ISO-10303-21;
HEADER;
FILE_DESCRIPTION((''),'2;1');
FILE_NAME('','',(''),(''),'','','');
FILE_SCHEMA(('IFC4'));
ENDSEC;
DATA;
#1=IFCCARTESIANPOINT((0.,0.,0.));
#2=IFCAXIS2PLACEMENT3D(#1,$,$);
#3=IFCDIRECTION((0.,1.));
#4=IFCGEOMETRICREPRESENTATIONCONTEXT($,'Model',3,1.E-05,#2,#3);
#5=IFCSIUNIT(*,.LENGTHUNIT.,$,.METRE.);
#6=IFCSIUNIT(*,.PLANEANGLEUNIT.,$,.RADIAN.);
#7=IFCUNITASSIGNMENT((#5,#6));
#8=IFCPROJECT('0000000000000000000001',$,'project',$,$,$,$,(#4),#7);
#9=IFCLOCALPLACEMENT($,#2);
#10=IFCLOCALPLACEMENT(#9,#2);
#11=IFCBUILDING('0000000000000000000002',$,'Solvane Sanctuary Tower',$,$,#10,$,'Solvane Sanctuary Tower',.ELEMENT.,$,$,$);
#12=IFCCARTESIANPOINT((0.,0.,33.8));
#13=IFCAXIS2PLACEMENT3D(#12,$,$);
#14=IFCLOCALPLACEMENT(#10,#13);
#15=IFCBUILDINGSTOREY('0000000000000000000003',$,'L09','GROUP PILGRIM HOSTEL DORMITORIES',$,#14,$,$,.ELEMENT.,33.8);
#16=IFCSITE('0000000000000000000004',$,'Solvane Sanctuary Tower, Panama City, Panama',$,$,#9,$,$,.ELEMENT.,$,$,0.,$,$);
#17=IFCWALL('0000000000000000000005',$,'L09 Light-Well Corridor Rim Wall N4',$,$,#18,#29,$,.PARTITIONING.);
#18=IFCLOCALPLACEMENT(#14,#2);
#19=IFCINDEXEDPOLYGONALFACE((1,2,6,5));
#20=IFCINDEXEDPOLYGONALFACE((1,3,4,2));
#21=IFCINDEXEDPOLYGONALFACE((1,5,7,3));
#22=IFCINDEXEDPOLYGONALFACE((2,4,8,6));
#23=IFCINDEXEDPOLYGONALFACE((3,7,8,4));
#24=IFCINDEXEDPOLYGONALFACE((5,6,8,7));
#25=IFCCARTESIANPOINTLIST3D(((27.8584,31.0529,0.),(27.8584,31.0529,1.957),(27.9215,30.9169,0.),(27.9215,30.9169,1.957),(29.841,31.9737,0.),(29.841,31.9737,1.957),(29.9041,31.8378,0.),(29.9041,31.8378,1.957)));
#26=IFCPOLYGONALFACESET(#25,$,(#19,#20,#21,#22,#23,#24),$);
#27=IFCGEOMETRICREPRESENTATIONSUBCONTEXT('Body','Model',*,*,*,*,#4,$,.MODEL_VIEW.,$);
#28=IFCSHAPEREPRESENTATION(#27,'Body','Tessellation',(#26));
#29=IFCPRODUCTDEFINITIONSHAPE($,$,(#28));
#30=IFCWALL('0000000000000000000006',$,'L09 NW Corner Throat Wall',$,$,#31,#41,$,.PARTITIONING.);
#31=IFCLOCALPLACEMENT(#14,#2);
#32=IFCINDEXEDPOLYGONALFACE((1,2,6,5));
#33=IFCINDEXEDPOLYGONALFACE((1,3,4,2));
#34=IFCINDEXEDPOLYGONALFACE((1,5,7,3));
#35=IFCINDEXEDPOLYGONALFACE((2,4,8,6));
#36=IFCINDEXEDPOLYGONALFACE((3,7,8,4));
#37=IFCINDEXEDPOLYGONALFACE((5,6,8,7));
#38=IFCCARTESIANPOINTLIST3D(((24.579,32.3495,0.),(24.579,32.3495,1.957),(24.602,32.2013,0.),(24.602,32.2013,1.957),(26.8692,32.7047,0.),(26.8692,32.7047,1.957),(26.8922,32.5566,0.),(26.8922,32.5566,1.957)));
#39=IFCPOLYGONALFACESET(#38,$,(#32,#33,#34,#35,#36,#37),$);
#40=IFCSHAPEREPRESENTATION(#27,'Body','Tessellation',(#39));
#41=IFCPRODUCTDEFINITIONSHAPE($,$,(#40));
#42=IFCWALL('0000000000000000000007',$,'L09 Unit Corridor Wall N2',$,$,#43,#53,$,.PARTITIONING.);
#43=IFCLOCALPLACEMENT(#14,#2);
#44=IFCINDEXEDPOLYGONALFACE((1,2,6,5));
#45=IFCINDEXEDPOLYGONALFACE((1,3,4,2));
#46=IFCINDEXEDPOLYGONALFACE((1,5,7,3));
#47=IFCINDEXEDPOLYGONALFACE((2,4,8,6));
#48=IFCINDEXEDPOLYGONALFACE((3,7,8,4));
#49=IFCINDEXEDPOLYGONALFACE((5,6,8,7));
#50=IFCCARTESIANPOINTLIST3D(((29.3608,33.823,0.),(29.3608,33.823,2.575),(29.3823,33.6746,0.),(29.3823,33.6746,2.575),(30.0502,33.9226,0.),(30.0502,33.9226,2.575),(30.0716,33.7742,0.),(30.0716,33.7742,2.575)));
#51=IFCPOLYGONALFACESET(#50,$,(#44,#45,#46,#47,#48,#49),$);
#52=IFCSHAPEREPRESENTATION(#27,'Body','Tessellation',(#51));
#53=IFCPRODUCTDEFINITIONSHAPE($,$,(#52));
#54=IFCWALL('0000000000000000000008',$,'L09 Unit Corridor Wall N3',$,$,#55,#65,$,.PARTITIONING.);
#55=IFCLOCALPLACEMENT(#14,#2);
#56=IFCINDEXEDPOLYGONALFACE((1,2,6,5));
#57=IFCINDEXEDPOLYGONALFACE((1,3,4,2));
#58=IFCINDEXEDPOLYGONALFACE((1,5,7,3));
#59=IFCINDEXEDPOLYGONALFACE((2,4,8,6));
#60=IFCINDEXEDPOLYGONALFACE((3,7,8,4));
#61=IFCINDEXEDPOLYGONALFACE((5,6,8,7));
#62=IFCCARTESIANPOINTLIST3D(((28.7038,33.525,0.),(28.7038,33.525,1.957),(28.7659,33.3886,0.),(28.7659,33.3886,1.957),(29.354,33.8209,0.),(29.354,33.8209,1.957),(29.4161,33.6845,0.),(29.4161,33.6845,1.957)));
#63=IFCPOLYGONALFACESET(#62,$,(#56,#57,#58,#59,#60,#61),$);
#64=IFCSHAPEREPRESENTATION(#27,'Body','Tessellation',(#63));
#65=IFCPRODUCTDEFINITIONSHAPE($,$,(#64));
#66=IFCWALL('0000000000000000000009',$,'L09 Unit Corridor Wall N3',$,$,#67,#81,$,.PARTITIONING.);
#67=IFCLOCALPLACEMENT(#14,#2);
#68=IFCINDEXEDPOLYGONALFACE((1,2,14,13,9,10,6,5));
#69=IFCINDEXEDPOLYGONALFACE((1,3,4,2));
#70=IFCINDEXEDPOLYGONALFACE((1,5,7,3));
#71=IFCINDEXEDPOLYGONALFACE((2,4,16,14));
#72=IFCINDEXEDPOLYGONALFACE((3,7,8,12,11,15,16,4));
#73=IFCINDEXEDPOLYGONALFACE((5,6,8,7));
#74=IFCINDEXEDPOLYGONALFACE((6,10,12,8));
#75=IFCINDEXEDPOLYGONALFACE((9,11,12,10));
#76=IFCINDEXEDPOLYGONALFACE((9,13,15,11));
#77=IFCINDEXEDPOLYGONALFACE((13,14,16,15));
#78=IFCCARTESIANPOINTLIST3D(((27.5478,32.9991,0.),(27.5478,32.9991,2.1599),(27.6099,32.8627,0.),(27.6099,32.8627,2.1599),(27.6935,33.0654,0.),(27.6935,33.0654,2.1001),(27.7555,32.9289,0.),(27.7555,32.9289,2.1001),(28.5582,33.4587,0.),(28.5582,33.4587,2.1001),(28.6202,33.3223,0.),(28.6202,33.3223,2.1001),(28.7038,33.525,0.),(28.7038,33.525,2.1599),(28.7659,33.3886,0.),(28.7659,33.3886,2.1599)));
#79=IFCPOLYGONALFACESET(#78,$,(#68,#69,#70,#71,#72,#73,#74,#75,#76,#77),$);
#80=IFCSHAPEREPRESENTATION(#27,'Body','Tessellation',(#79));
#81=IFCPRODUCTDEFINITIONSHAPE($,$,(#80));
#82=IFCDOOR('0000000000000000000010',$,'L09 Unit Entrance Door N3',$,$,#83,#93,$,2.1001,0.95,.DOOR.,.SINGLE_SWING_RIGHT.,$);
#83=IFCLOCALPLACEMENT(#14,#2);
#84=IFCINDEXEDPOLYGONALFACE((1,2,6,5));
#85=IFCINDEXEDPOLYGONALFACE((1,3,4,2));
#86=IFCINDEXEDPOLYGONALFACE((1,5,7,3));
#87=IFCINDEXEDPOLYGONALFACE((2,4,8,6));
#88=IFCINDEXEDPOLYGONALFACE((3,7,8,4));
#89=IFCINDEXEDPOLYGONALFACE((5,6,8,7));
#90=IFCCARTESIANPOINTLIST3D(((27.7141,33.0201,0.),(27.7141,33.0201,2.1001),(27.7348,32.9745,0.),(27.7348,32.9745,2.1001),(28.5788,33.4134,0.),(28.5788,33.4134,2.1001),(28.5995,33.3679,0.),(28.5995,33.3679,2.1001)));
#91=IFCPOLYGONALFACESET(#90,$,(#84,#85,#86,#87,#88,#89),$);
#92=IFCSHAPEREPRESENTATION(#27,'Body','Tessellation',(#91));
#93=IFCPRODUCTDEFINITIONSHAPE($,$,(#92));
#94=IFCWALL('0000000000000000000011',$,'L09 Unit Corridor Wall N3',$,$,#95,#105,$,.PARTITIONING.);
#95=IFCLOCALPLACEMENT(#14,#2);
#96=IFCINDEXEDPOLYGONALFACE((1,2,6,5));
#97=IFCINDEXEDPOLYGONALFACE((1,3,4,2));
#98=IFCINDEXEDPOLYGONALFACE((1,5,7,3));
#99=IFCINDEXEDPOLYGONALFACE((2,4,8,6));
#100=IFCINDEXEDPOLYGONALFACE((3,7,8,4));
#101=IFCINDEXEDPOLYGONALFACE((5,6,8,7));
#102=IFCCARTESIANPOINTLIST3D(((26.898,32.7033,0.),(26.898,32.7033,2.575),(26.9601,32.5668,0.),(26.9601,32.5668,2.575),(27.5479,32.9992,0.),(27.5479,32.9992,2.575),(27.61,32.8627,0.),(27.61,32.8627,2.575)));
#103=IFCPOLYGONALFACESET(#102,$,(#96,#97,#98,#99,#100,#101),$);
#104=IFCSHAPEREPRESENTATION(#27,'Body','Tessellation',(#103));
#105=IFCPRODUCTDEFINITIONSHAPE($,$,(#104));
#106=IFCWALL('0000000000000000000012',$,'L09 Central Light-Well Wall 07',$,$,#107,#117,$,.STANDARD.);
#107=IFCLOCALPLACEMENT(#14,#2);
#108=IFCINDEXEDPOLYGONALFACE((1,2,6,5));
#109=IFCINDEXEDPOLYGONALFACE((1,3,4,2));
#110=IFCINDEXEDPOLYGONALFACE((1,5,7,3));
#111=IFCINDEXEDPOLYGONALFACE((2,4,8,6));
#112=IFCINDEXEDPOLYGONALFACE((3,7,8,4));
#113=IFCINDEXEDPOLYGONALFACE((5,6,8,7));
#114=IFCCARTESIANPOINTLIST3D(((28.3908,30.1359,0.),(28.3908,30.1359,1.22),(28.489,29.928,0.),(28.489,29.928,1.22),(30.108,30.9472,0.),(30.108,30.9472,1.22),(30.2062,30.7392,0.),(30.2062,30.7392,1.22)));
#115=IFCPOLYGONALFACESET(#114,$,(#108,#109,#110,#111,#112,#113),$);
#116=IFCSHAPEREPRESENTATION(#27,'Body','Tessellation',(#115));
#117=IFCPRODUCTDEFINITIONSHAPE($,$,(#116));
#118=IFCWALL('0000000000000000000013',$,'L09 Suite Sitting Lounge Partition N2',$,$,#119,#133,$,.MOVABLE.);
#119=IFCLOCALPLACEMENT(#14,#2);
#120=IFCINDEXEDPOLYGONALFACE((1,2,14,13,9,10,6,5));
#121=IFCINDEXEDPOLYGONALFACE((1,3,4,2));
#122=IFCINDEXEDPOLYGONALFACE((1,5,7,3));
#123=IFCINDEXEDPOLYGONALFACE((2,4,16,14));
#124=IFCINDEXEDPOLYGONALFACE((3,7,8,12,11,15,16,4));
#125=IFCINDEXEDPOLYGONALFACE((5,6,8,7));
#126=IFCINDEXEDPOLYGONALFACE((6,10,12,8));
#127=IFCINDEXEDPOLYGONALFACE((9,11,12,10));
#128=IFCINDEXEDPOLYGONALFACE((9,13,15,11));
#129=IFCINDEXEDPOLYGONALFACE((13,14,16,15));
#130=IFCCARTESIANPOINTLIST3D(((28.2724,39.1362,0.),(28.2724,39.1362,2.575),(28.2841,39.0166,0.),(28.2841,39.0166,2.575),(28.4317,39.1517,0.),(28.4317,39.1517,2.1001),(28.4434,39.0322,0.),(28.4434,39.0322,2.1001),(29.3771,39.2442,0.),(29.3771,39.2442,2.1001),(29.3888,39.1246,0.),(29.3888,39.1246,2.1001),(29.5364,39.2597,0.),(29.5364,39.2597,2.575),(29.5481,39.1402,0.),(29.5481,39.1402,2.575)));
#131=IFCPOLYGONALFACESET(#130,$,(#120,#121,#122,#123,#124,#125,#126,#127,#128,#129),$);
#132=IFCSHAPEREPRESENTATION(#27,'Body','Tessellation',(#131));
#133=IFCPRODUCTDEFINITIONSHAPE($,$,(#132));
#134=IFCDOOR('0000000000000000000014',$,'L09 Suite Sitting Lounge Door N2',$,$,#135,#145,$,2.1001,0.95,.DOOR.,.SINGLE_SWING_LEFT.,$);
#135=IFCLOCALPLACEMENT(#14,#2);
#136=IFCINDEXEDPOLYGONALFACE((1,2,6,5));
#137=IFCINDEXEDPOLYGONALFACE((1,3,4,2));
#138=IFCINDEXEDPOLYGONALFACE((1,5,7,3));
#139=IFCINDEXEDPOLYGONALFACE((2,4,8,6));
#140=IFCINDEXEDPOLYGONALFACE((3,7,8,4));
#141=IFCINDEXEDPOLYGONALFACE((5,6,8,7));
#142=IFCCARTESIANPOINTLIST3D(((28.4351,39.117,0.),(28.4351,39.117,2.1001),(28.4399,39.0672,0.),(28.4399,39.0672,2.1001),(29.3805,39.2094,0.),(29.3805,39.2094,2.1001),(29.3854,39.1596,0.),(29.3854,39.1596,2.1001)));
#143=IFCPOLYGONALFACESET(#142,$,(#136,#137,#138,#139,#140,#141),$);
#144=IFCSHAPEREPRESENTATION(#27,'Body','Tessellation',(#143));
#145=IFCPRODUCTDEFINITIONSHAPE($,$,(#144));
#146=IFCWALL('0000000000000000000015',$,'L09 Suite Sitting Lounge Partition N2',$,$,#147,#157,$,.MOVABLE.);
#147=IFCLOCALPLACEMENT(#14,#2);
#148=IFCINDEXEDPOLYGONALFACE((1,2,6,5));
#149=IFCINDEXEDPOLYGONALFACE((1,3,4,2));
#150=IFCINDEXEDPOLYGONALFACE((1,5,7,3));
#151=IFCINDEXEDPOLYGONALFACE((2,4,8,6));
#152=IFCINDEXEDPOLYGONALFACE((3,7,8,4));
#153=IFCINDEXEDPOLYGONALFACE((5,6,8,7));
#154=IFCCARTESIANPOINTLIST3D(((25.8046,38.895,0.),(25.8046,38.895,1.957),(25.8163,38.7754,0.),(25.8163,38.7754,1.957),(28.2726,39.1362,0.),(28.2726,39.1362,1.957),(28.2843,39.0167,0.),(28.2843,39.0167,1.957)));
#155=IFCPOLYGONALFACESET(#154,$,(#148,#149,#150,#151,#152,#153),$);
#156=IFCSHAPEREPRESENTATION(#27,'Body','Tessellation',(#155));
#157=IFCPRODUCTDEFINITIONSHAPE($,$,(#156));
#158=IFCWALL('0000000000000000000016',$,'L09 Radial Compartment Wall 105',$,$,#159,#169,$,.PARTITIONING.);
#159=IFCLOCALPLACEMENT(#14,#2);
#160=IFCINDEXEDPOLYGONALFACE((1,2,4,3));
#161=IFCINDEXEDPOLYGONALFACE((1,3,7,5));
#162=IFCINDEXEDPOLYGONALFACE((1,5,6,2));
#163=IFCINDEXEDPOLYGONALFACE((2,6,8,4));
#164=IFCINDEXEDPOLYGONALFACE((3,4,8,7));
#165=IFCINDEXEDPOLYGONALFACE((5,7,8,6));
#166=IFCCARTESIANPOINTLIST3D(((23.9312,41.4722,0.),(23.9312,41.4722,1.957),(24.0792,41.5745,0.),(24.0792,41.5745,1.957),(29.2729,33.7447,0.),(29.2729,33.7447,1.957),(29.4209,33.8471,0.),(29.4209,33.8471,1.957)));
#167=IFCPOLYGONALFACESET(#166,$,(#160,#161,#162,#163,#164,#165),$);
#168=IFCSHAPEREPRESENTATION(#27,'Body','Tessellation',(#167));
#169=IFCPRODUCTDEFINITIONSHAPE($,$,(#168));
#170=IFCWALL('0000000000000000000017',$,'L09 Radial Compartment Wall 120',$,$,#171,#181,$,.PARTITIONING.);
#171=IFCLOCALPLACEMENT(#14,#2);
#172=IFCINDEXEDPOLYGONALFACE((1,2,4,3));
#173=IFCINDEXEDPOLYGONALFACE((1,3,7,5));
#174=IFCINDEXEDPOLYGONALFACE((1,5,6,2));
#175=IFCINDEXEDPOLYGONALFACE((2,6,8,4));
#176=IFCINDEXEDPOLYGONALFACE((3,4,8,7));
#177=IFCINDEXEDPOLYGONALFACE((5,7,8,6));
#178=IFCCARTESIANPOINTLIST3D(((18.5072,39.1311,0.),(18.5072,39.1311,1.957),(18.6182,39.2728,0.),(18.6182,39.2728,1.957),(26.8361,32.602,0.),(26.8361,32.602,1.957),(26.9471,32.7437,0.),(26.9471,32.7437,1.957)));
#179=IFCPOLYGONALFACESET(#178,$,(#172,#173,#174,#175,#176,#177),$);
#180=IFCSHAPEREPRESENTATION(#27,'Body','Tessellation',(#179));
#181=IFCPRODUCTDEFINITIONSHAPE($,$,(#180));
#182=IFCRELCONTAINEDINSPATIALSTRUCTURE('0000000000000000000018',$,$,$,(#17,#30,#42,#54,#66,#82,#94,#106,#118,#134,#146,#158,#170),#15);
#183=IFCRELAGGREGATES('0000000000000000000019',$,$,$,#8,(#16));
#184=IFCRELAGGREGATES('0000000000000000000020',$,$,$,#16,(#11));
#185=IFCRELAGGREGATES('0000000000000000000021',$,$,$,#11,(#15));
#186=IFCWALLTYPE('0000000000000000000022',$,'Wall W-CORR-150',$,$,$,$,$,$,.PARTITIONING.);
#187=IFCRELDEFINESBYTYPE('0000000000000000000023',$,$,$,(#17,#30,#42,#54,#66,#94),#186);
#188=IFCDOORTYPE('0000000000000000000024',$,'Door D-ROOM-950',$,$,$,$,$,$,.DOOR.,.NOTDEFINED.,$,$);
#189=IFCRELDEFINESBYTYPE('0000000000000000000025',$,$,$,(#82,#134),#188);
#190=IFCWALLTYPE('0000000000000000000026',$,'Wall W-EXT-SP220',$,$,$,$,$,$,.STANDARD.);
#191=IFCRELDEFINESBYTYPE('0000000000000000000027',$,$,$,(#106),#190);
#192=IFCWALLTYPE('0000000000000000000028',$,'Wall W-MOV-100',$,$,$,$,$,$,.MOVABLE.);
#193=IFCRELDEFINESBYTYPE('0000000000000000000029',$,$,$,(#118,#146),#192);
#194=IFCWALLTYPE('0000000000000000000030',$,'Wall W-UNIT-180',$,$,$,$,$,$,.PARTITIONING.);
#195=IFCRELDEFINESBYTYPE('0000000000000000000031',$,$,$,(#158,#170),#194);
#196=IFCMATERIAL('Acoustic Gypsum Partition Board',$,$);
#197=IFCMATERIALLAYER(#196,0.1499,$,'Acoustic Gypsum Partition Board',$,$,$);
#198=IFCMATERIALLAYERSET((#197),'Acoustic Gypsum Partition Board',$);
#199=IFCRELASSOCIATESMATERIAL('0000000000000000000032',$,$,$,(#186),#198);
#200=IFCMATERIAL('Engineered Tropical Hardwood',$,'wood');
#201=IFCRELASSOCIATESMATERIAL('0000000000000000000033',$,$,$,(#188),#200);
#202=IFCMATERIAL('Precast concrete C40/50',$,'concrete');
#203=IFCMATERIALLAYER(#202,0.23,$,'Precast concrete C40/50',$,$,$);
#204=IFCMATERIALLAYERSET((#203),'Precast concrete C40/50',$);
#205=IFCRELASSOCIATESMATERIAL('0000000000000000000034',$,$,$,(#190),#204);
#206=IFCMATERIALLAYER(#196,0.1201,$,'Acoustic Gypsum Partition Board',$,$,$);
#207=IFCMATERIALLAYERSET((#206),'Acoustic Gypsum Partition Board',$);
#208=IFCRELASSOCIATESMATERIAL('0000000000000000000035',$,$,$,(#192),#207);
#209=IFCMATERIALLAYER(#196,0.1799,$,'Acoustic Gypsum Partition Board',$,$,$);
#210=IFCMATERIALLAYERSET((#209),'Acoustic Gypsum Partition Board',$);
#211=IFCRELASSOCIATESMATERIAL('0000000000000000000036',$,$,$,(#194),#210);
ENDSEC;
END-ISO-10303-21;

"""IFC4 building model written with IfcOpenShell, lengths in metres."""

from ifc_helpers import new_model, si_unit, direction, frame, frame_2d, origin, place, context, subcontext, project, spatial, rectangle, extrude, material, layer, layer_set, type_object, element, fill, save


model = new_model("IFC4")

# Units and contexts
model_context = context("Model", 3, precision=1e-05, world=origin(), true_north=direction((0.0, 1.0)))
body_context = subcontext(model_context, "Body", "Model", "MODEL_VIEW")
ifc_project = project(units=[si_unit("LENGTHUNIT", "METRE"), si_unit("PLANEANGLEUNIT", "RADIAN")], contexts=[model_context])

# Site, building, storey
site_placement = place(None, origin())
site = spatial("IfcSite", under=ifc_project, at=site_placement, Name="Solvane Sanctuary Tower, Panama City, Panama", CompositionType="ELEMENT", RefElevation=0.0)
building_placement = place(site_placement, origin())
building = spatial("IfcBuilding", under=site, at=building_placement, Name="Solvane Sanctuary Tower", LongName="Solvane Sanctuary Tower", CompositionType="ELEMENT")
storey_placement = place(building_placement, frame((0.0, 0.0, 33.8)))
storey = spatial("IfcBuildingStorey", under=building, at=storey_placement, Name="L09", Description="GROUP PILGRIM HOSTEL DORMITORIES", CompositionType="ELEMENT", Elevation=33.8)

# Walls
ifc_material_1 = material(Name="Acoustic Gypsum Partition Board")
ifc_layer_1 = layer(ifc_material_1, 0.1499, Name="Acoustic Gypsum Partition Board")
ifc_layer_set_1 = layer_set([ifc_layer_1], Name="Acoustic Gypsum Partition Board")
wall_type_1 = type_object("IfcWallType", Name="Wall W-CORR-150", PredefinedType="PARTITIONING", material=ifc_layer_set_1)
wall_1_placement = place(storey_placement, frame((29.8726, 31.9058, 0.0), z_axis=(0.0, 0.0, 1.0), x_axis=(-0.906943, -0.421252, 0.0)))
element("IfcWall", 1, at=wall_1_placement, inside=storey, type_object=wall_type_1, Name="L09 Light-Well Corridor Rim Wall N4", PredefinedType="PARTITIONING", context=body_context, shape_type="SweptSolid", body=[
    extrude(rectangle(XDim=2.186, YDim=0.1499, at=frame_2d((1.093, 0.0))), origin(), (0.0, 0.0, 1.0), 1.957),
])
wall_2_placement = place(storey_placement, frame((26.8806, 32.6306, 0.0), z_axis=(0.0, 0.0, 1.0), x_axis=(-0.988185, -0.153268, 0.0)))
element("IfcWall", 2, at=wall_2_placement, inside=storey, type_object=wall_type_1, Name="L09 NW Corner Throat Wall", PredefinedType="PARTITIONING", context=body_context, shape_type="SweptSolid", body=[
    extrude(rectangle(XDim=2.3176, YDim=0.1499, at=frame_2d((1.1587, 0.0))), origin(), (0.0, 0.0, 1.0), 1.957),
])
wall_3_placement = place(storey_placement, frame((30.0608, 33.8484, 0.0), z_axis=(0.0, 0.0, 1.0), x_axis=(-0.989724, -0.142991, 0.0)))
element("IfcWall", 3, at=wall_3_placement, inside=storey, type_object=wall_type_1, Name="L09 Unit Corridor Wall N2", PredefinedType="PARTITIONING", context=body_context, shape_type="SweptSolid", body=[
    extrude(rectangle(XDim=0.6965, YDim=0.1499, at=frame_2d((0.3481, 0.0))), origin(), (0.0, 0.0, 1.0), 2.575),
])
wall_4_placement = place(storey_placement, frame((29.385, 33.7527, 0.0), z_axis=(0.0, 0.0, 1.0), x_axis=(-0.910167, -0.414241, 0.0)))
element("IfcWall", 4, at=wall_4_placement, inside=storey, type_object=wall_type_1, Name="L09 Unit Corridor Wall N3", PredefinedType="PARTITIONING", context=body_context, shape_type="SweptSolid", body=[
    extrude(rectangle(XDim=0.7144, YDim=0.1499, at=frame_2d((0.3572, 0.0))), origin(), (0.0, 0.0, 1.0), 1.957),
])

# Wall, opening, door
wall_5_placement = place(storey_placement, frame((28.7349, 33.4568, 0.0), z_axis=(0.0, 0.0, 1.0), x_axis=(-0.910241, -0.414078, 0.0)))
wall_5 = element("IfcWall", 5, at=wall_5_placement, inside=storey, type_object=wall_type_1, Name="L09 Unit Corridor Wall N3", PredefinedType="PARTITIONING", context=body_context, shape_type="SweptSolid", body=[
    extrude(rectangle(XDim=1.27, YDim=0.1499, at=frame_2d((0.635, 0.0))), origin(), (0.0, 0.0, 1.0), 2.1599),
])
opening_1_placement = place(wall_5_placement, frame((0.1599, 0.0, 0.0)))
opening_1 = element("IfcOpeningElement", 6, at=opening_1_placement, cuts=wall_5, PredefinedType="OPENING", context=body_context, shape_type="SweptSolid", body=[
    extrude(rectangle(XDim=0.95, YDim=2.1001, at=frame_2d((0.4751, 1.05))), frame((0.0, 0.085, 0.0), z_axis=(0.0, -1.0, 0.0), x_axis=(1.0, 0.0, 0.0)), (0.0, 0.0, 1.0), 0.1699),
])
ifc_material_2 = material(Name="Engineered Tropical Hardwood", Category="wood")
door_type = type_object("IfcDoorType", Name="Door D-ROOM-950", OperationType="NOTDEFINED", PredefinedType="DOOR", material=ifc_material_2)
door_1_placement = place(opening_1_placement, origin())
door_1 = element("IfcDoor", 7, at=door_1_placement, inside=storey, type_object=door_type, Name="L09 Unit Entrance Door N3", OperationType="SINGLE_SWING_RIGHT", OverallHeight=2.1001, OverallWidth=0.95, PredefinedType="DOOR", context=body_context, shape_type="SweptSolid", body=[
    extrude(rectangle(XDim=0.95, YDim=2.1001, at=frame_2d((0.4751, 1.05))), frame((0.0, 0.0249, 0.0), z_axis=(0.0, -1.0, 0.0), x_axis=(1.0, 0.0, 0.0)), (0.0, 0.0, 1.0), 0.05),
])
fill(opening_1, door_1)

# Walls
wall_6_placement = place(storey_placement, frame((27.5789, 32.9309, 0.0), z_axis=(0.0, 0.0, 1.0), x_axis=(-0.910109, -0.41437, 0.0)))
element("IfcWall", 8, at=wall_6_placement, inside=storey, type_object=wall_type_1, Name="L09 Unit Corridor Wall N3", PredefinedType="PARTITIONING", context=body_context, shape_type="SweptSolid", body=[
    extrude(rectangle(XDim=0.7141, YDim=0.1499, at=frame_2d((0.3569, 0.0))), origin(), (0.0, 0.0, 1.0), 2.575),
])
ifc_material_3 = material(Name="Precast concrete C40/50", Category="concrete")
ifc_layer_2 = layer(ifc_material_3, 0.23, Name="Precast concrete C40/50")
ifc_layer_set_2 = layer_set([ifc_layer_2], Name="Precast concrete C40/50")
wall_type_2 = type_object("IfcWallType", Name="Wall W-EXT-SP220", PredefinedType="STANDARD", material=ifc_layer_set_2)
wall_7_placement = place(storey_placement, frame((30.1572, 30.8433, 0.0), z_axis=(0.0, 0.0, 1.0), x_axis=(-0.90418, -0.427152, 0.0)))
element("IfcWall", 9, at=wall_7_placement, inside=storey, type_object=wall_type_2, Name="L09 Central Light-Well Wall 07", PredefinedType="STANDARD", context=body_context, shape_type="SweptSolid", body=[
    extrude(rectangle(XDim=1.8992, YDim=0.23, at=frame_2d((0.9497, 0.0))), origin(), (0.0, 0.0, 1.0), 1.22),
])

# Wall, opening, door
ifc_layer_3 = layer(ifc_material_1, 0.1201, Name="Acoustic Gypsum Partition Board")
ifc_layer_set_3 = layer_set([ifc_layer_3], Name="Acoustic Gypsum Partition Board")
wall_type_3 = type_object("IfcWallType", Name="Wall W-MOV-100", PredefinedType="MOVABLE", material=ifc_layer_set_3)
wall_8_placement = place(storey_placement, frame((29.5422, 39.2, 0.0), z_axis=(0.0, 0.0, 1.0), x_axis=(-0.995257, -0.097276, 0.0)))
wall_8 = element("IfcWall", 10, at=wall_8_placement, inside=storey, type_object=wall_type_3, Name="L09 Suite Sitting Lounge Partition N2", PredefinedType="MOVABLE", context=body_context, shape_type="SweptSolid", body=[
    extrude(rectangle(XDim=1.27, YDim=0.1201, at=frame_2d((0.635, 0.0))), origin(), (0.0, 0.0, 1.0), 2.575),
])
opening_2_placement = place(wall_8_placement, frame((0.1599, 0.0, 0.0)))
opening_2 = element("IfcOpeningElement", 11, at=opening_2_placement, cuts=wall_8, PredefinedType="OPENING", context=body_context, shape_type="SweptSolid", body=[
    extrude(rectangle(XDim=0.95, YDim=2.1001, at=frame_2d((0.4751, 1.05))), frame((0.0, 0.0701, 0.0), z_axis=(0.0, -1.0, 0.0), x_axis=(1.0, 0.0, 0.0)), (0.0, 0.0, 1.0), 0.1401),
])
door_2_placement = place(opening_2_placement, origin())
door_2 = element("IfcDoor", 12, at=door_2_placement, inside=storey, type_object=door_type, Name="L09 Suite Sitting Lounge Door N2", OperationType="SINGLE_SWING_LEFT", OverallHeight=2.1001, OverallWidth=0.95, PredefinedType="DOOR", context=body_context, shape_type="SweptSolid", body=[
    extrude(rectangle(XDim=0.95, YDim=2.1001, at=frame_2d((0.4751, 1.05))), frame((0.0, 0.0249, 0.0), z_axis=(0.0, -1.0, 0.0), x_axis=(1.0, 0.0, 0.0)), (0.0, 0.0, 1.0), 0.05),
])
fill(opening_2, door_2)

# Walls
wall_9_placement = place(storey_placement, frame((28.2783, 39.0764, 0.0), z_axis=(0.0, 0.0, 1.0), x_axis=(-0.995258, -0.097271, 0.0)))
element("IfcWall", 13, at=wall_9_placement, inside=storey, type_object=wall_type_3, Name="L09 Suite Sitting Lounge Partition N2", PredefinedType="MOVABLE", context=body_context, shape_type="SweptSolid", body=[
    extrude(rectangle(XDim=2.4797, YDim=0.1201, at=frame_2d((1.2397, 0.0))), origin(), (0.0, 0.0, 1.0), 1.957),
])
ifc_layer_4 = layer(ifc_material_1, 0.1799, Name="Acoustic Gypsum Partition Board")
ifc_layer_set_4 = layer_set([ifc_layer_4], Name="Acoustic Gypsum Partition Board")
wall_type_4 = type_object("IfcWallType", Name="Wall W-UNIT-180", PredefinedType="PARTITIONING", material=ifc_layer_set_4)
wall_10_placement = place(storey_placement, frame((29.3469, 33.7959, 0.0), z_axis=(0.0, 0.0, 1.0), x_axis=(-0.568631, 0.822592, 0.0)))
element("IfcWall", 14, at=wall_10_placement, inside=storey, type_object=wall_type_4, Name="L09 Radial Compartment Wall 105", PredefinedType="PARTITIONING", context=body_context, shape_type="SweptSolid", body=[
    extrude(rectangle(XDim=9.394, YDim=0.1799, at=frame_2d((4.697, 0.0))), origin(), (0.0, 0.0, 1.0), 1.957),
])
wall_11_placement = place(storey_placement, frame((26.8916, 32.6729, 0.0), z_axis=(0.0, 0.0, 1.0), x_axis=(-0.787009, 0.616942, 0.0)))
element("IfcWall", 15, at=wall_11_placement, inside=storey, type_object=wall_type_4, Name="L09 Radial Compartment Wall 120", PredefinedType="PARTITIONING", context=body_context, shape_type="SweptSolid", body=[
    extrude(rectangle(XDim=10.583, YDim=0.1799, at=frame_2d((5.2915, 0.0))), origin(), (0.0, 0.0, 1.0), 1.957),
])

save(model, "model.ifc")
